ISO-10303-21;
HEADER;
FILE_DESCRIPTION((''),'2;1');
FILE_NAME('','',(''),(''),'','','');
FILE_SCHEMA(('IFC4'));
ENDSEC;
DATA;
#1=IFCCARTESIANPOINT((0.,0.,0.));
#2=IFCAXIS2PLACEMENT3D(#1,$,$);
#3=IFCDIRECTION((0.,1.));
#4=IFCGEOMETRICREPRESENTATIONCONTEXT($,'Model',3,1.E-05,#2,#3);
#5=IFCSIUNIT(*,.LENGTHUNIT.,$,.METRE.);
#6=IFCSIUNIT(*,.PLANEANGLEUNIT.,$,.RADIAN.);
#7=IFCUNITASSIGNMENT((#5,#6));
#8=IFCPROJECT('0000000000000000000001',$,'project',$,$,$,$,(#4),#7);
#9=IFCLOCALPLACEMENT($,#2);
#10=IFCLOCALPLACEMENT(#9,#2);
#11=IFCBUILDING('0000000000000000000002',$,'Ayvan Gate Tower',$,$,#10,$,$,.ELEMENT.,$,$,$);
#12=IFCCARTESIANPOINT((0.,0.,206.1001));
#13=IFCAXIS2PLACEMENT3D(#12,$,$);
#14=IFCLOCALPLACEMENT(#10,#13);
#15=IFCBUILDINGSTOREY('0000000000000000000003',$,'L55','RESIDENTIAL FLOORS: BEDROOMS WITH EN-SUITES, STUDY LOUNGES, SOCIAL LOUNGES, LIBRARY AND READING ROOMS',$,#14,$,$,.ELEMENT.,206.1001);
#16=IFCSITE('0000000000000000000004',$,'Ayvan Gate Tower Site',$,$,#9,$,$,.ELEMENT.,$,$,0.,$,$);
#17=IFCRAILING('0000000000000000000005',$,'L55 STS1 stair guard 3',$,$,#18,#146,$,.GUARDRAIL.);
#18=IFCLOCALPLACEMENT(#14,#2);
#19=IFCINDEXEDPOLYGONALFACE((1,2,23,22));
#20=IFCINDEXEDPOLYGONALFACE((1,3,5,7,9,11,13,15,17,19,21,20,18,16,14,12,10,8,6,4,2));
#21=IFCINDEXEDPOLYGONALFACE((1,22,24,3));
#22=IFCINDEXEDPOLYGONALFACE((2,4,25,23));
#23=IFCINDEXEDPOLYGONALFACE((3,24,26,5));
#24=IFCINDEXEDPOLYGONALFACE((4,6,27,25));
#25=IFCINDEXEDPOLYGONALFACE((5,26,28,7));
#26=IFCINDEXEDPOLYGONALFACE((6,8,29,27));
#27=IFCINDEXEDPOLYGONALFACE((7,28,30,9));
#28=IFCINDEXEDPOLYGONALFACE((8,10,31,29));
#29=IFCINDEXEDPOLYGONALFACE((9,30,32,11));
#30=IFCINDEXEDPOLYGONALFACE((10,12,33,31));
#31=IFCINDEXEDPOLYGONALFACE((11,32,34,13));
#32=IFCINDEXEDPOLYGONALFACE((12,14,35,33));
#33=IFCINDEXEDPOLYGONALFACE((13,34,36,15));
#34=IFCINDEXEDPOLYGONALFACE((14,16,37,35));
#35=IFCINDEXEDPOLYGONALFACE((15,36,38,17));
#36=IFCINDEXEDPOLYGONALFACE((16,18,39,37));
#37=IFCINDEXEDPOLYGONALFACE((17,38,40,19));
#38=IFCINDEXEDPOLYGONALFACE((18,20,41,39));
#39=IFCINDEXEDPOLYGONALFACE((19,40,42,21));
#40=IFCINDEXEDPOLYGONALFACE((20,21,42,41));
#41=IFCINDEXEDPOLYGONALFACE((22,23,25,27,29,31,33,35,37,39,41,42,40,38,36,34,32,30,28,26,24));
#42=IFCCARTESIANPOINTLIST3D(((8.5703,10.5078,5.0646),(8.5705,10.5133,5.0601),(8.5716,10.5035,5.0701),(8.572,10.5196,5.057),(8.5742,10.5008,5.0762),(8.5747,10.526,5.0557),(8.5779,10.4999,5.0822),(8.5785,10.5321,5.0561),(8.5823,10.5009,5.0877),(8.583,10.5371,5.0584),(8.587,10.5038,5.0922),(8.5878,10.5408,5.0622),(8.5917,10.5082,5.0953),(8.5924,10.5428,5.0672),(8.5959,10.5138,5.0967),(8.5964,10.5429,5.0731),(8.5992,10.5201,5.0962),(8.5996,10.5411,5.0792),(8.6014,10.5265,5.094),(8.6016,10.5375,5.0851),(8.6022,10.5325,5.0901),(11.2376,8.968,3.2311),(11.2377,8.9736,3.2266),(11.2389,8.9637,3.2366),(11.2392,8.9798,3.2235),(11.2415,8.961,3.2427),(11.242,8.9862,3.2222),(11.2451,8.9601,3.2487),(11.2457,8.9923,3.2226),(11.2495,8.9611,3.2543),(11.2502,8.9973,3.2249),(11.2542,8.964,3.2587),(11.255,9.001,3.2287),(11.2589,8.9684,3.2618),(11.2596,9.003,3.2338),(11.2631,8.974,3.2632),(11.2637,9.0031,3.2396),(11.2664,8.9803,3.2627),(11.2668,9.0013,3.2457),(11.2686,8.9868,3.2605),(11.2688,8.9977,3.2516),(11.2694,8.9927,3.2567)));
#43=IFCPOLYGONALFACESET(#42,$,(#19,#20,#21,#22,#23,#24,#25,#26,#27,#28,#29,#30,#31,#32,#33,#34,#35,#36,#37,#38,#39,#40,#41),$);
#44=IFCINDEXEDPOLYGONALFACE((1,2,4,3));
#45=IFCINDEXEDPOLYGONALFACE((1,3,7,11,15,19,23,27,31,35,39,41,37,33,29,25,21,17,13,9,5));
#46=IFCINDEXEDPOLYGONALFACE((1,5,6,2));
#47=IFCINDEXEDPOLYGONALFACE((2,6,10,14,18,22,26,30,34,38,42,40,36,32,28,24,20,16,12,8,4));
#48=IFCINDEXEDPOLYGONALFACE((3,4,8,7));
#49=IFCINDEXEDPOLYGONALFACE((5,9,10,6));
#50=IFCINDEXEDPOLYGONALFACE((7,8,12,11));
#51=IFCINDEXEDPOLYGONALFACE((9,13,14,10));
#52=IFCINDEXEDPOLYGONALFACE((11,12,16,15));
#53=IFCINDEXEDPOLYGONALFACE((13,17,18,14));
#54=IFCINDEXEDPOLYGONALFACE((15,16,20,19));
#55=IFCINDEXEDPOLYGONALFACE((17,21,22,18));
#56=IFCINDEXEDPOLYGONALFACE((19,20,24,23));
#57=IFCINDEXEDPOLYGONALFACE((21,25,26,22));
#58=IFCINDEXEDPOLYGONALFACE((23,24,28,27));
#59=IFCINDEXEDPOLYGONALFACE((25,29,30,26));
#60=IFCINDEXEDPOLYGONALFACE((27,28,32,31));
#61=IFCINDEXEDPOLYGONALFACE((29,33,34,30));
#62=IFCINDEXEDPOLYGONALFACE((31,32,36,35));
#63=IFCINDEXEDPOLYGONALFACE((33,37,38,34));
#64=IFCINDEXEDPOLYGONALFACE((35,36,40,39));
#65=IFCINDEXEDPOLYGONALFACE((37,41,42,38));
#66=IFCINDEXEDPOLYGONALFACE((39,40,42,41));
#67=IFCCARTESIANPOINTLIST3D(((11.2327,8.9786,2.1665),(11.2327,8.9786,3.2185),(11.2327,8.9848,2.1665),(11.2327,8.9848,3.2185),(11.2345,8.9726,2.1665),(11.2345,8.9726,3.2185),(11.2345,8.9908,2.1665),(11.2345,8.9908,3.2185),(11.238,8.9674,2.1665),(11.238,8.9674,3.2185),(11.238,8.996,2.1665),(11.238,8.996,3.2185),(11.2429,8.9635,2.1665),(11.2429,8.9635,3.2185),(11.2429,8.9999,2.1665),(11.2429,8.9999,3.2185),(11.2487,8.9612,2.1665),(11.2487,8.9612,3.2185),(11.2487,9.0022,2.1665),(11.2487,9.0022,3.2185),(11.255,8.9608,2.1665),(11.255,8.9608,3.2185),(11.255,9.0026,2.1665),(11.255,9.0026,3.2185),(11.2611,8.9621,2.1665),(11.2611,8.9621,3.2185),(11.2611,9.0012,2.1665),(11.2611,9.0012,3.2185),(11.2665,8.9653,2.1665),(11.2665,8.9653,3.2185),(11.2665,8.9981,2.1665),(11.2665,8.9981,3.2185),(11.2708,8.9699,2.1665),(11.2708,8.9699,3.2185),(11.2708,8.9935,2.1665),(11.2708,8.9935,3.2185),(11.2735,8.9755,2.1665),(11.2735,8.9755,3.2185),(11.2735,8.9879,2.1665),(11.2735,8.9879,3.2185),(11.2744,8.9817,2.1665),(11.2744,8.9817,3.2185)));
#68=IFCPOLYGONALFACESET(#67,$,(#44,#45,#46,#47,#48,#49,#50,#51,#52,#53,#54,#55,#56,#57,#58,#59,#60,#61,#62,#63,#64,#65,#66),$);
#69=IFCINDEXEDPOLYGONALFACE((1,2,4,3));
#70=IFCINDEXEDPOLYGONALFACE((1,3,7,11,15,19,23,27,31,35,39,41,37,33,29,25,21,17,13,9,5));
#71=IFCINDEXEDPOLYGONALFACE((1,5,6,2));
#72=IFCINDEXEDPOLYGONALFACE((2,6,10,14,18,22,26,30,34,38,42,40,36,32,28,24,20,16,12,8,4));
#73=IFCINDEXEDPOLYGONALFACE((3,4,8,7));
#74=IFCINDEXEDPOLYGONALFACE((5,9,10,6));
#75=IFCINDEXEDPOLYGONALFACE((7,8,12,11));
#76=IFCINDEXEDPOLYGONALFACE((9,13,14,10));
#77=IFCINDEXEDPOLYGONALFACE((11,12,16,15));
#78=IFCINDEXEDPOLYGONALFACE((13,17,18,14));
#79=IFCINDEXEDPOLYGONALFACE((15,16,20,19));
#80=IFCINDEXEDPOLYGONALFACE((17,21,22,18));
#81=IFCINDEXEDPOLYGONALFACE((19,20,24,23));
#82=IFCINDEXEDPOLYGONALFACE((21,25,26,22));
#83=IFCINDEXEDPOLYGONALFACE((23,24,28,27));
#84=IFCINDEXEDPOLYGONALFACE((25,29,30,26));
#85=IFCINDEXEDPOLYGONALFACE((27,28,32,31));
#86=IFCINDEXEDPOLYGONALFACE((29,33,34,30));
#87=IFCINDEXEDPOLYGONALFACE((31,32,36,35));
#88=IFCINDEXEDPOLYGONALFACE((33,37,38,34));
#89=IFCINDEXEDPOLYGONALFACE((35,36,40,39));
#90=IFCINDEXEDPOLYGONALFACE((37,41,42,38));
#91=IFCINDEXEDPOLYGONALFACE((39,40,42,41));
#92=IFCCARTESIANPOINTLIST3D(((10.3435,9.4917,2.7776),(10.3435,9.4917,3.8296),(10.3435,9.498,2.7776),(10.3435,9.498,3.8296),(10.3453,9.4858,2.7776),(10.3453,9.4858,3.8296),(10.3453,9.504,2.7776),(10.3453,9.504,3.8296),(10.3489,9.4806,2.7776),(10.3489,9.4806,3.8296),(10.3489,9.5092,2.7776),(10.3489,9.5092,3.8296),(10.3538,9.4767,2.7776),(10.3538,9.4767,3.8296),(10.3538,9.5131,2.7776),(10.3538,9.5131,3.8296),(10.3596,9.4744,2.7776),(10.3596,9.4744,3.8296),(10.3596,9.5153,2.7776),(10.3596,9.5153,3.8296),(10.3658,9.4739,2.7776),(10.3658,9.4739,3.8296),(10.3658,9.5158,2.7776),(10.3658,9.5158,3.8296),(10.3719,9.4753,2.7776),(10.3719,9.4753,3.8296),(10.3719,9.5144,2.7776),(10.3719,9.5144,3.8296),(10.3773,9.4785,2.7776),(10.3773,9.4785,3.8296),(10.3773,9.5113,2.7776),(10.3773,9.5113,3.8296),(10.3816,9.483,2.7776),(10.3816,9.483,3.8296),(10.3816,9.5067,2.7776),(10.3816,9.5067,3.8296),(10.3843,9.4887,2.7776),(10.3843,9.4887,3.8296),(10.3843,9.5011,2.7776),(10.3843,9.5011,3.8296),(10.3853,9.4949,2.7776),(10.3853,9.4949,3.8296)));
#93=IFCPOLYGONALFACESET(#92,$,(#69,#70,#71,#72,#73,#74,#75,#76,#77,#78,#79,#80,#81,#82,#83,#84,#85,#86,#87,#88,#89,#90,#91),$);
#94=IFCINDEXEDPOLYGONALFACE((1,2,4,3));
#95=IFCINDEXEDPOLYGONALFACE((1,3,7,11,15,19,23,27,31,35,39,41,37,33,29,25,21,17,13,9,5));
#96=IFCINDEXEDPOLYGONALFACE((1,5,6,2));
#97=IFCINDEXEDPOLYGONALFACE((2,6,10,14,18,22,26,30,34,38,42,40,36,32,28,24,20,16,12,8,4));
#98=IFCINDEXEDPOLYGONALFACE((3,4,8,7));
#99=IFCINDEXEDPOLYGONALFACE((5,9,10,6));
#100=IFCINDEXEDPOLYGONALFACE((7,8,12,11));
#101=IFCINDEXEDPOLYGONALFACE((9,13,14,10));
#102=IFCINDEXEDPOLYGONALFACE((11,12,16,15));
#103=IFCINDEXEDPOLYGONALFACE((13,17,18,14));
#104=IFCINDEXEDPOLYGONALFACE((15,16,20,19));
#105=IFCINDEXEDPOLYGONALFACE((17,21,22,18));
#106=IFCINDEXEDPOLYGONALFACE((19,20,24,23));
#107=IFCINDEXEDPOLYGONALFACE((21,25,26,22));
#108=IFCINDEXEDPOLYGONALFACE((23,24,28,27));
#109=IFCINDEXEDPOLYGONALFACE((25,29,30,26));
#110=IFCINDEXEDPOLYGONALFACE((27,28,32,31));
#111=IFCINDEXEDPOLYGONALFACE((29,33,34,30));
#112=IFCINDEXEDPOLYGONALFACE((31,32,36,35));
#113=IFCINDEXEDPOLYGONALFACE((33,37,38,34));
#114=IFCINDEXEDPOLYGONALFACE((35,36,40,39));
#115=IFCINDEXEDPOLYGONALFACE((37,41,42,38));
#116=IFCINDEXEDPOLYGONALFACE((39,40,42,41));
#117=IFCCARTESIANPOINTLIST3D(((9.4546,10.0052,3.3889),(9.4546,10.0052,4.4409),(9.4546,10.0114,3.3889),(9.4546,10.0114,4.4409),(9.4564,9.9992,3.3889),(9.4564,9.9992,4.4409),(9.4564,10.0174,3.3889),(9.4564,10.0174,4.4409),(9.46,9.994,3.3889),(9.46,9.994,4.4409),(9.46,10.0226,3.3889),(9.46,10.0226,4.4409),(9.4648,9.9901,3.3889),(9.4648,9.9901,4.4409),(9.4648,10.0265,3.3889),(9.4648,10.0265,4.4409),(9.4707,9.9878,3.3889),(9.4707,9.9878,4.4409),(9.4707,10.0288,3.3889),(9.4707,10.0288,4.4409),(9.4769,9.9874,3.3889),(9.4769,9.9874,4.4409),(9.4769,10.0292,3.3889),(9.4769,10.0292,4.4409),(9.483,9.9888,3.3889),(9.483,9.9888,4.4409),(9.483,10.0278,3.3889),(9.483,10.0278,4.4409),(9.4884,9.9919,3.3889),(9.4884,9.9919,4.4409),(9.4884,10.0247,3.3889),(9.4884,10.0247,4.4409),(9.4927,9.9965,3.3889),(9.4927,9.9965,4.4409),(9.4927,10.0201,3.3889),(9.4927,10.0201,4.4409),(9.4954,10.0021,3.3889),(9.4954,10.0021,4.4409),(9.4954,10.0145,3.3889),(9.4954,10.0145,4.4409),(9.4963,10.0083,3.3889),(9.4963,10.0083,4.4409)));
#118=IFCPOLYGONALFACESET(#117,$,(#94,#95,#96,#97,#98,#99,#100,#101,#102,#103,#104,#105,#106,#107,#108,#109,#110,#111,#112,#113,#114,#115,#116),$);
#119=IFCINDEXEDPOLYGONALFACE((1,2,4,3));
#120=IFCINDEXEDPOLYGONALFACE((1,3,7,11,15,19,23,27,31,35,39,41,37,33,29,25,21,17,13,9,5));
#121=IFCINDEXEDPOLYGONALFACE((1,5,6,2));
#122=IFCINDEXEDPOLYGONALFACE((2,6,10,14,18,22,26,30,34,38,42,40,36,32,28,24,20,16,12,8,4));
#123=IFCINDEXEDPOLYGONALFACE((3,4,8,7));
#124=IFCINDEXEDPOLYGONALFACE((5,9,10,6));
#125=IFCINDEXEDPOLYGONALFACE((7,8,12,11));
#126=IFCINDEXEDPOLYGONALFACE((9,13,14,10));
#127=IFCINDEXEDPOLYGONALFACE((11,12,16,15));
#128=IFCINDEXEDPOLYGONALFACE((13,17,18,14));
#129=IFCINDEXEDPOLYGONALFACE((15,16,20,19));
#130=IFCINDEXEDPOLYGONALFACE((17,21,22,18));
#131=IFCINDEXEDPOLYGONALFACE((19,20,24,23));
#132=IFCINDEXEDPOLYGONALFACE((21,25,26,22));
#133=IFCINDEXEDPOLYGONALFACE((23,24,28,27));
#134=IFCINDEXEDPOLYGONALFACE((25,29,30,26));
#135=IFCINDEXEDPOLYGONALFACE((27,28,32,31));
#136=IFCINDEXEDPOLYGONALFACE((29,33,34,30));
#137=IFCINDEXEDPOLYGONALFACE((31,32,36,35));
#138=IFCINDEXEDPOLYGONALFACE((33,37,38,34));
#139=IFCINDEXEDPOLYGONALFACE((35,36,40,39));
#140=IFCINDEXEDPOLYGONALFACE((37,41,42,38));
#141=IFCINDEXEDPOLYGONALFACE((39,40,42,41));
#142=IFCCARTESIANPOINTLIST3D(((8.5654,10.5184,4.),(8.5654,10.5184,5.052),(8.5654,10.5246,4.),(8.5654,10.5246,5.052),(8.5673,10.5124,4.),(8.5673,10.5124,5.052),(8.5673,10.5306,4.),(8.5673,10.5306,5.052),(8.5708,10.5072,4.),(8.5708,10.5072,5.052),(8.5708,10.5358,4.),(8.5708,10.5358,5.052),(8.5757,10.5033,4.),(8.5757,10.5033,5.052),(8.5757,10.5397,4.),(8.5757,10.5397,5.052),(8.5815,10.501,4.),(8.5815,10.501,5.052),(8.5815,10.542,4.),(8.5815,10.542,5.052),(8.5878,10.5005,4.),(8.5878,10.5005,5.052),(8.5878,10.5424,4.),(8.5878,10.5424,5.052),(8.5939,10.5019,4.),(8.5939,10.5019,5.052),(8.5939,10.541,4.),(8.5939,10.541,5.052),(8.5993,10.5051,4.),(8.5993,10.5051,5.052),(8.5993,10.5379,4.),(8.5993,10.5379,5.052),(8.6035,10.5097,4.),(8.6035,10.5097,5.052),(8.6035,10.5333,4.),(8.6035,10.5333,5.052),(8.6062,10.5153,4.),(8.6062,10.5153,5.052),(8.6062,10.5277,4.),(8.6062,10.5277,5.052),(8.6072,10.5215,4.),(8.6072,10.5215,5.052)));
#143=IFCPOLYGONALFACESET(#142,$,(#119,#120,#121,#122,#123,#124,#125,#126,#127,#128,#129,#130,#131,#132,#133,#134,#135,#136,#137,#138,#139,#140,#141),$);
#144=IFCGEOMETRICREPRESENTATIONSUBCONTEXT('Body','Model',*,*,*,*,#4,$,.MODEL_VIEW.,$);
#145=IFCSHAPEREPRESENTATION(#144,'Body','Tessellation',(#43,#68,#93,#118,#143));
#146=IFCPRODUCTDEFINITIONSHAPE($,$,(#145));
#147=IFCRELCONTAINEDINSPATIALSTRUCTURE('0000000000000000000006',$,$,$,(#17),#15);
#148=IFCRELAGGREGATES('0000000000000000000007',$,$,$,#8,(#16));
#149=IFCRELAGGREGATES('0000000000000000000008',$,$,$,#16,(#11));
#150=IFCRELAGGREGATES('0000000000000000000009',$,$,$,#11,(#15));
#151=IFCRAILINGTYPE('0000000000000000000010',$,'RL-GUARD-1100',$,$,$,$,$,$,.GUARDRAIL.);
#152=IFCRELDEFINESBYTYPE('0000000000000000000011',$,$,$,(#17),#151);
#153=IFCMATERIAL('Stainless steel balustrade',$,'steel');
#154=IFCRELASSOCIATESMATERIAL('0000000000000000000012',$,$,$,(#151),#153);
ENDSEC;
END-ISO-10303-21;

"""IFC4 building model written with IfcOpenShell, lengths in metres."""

from ifc_helpers import new_model, si_unit, direction, frame, origin, origin_2d, place, context, subcontext, project, spatial, circle, extrude, material, type_object, element, save


model = new_model("IFC4")

# Units and contexts
model_context = context("Model", 3, precision=1e-05, world=origin(), true_north=direction((0.0, 1.0)))
body_context = subcontext(model_context, "Body", "Model", "MODEL_VIEW")
ifc_project = project(units=[si_unit("LENGTHUNIT", "METRE"), si_unit("PLANEANGLEUNIT", "RADIAN")], contexts=[model_context])

# Site, building, storey
site_placement = place(None, origin())
site = spatial("IfcSite", under=ifc_project, at=site_placement, Name="Ayvan Gate Tower Site", CompositionType="ELEMENT", RefElevation=0.0)
building_placement = place(site_placement, origin())
building = spatial("IfcBuilding", under=site, at=building_placement, Name="Ayvan Gate Tower", CompositionType="ELEMENT")
storey_placement = place(building_placement, frame((0.0, 0.0, 206.1001)))
storey = spatial("IfcBuildingStorey", under=building, at=storey_placement, Name="L55", Description="RESIDENTIAL FLOORS: BEDROOMS WITH EN-SUITES, STUDY LOUNGES, SOCIAL LOUNGES, LIBRARY AND READING ROOMS", CompositionType="ELEMENT", Elevation=206.1001)

# Railing
ifc_material_1 = material(Name="Stainless steel balustrade", Category="steel")
railing_type_1 = type_object("IfcRailingType", Name="RL-GUARD-1100", PredefinedType="GUARDRAIL", material=ifc_material_1)
railing_1_placement = place(storey_placement, frame((11.2534, 8.9817, 2.1665)))
element("IfcRailing", 1, at=railing_1_placement, inside=storey, type_object=railing_type_1, Name="L55 STS1 stair guard 3", PredefinedType="GUARDRAIL", context=body_context, shape_type="SweptSolid", body=[
    extrude(circle(Radius=0.0239, at=origin_2d()), frame((0.0, 0.0, 1.0762), z_axis=(-0.744155, 0.429601, 0.511543), x_axis=(-0.499967, -0.866044, 0.0)), (0.0, 0.0, 1.0), 3.5842),
    extrude(circle(Radius=0.021, at=origin_2d()), origin(), (0.0, 0.0, 1.0), 1.052),
    extrude(circle(Radius=0.021, at=origin_2d()), frame((-0.8892, 0.5132, 0.6111)), (0.0, 0.0, 1.0), 1.052),
    extrude(circle(Radius=0.021, at=origin_2d()), frame((-1.7781, 1.0266, 1.2224)), (0.0, 0.0, 1.0), 1.052),
    extrude(circle(Radius=0.021, at=origin_2d()), frame((-2.6672, 1.5398, 1.8335)), (0.0, 0.0, 1.0), 1.052),
])

save(model, "model.ifc")
